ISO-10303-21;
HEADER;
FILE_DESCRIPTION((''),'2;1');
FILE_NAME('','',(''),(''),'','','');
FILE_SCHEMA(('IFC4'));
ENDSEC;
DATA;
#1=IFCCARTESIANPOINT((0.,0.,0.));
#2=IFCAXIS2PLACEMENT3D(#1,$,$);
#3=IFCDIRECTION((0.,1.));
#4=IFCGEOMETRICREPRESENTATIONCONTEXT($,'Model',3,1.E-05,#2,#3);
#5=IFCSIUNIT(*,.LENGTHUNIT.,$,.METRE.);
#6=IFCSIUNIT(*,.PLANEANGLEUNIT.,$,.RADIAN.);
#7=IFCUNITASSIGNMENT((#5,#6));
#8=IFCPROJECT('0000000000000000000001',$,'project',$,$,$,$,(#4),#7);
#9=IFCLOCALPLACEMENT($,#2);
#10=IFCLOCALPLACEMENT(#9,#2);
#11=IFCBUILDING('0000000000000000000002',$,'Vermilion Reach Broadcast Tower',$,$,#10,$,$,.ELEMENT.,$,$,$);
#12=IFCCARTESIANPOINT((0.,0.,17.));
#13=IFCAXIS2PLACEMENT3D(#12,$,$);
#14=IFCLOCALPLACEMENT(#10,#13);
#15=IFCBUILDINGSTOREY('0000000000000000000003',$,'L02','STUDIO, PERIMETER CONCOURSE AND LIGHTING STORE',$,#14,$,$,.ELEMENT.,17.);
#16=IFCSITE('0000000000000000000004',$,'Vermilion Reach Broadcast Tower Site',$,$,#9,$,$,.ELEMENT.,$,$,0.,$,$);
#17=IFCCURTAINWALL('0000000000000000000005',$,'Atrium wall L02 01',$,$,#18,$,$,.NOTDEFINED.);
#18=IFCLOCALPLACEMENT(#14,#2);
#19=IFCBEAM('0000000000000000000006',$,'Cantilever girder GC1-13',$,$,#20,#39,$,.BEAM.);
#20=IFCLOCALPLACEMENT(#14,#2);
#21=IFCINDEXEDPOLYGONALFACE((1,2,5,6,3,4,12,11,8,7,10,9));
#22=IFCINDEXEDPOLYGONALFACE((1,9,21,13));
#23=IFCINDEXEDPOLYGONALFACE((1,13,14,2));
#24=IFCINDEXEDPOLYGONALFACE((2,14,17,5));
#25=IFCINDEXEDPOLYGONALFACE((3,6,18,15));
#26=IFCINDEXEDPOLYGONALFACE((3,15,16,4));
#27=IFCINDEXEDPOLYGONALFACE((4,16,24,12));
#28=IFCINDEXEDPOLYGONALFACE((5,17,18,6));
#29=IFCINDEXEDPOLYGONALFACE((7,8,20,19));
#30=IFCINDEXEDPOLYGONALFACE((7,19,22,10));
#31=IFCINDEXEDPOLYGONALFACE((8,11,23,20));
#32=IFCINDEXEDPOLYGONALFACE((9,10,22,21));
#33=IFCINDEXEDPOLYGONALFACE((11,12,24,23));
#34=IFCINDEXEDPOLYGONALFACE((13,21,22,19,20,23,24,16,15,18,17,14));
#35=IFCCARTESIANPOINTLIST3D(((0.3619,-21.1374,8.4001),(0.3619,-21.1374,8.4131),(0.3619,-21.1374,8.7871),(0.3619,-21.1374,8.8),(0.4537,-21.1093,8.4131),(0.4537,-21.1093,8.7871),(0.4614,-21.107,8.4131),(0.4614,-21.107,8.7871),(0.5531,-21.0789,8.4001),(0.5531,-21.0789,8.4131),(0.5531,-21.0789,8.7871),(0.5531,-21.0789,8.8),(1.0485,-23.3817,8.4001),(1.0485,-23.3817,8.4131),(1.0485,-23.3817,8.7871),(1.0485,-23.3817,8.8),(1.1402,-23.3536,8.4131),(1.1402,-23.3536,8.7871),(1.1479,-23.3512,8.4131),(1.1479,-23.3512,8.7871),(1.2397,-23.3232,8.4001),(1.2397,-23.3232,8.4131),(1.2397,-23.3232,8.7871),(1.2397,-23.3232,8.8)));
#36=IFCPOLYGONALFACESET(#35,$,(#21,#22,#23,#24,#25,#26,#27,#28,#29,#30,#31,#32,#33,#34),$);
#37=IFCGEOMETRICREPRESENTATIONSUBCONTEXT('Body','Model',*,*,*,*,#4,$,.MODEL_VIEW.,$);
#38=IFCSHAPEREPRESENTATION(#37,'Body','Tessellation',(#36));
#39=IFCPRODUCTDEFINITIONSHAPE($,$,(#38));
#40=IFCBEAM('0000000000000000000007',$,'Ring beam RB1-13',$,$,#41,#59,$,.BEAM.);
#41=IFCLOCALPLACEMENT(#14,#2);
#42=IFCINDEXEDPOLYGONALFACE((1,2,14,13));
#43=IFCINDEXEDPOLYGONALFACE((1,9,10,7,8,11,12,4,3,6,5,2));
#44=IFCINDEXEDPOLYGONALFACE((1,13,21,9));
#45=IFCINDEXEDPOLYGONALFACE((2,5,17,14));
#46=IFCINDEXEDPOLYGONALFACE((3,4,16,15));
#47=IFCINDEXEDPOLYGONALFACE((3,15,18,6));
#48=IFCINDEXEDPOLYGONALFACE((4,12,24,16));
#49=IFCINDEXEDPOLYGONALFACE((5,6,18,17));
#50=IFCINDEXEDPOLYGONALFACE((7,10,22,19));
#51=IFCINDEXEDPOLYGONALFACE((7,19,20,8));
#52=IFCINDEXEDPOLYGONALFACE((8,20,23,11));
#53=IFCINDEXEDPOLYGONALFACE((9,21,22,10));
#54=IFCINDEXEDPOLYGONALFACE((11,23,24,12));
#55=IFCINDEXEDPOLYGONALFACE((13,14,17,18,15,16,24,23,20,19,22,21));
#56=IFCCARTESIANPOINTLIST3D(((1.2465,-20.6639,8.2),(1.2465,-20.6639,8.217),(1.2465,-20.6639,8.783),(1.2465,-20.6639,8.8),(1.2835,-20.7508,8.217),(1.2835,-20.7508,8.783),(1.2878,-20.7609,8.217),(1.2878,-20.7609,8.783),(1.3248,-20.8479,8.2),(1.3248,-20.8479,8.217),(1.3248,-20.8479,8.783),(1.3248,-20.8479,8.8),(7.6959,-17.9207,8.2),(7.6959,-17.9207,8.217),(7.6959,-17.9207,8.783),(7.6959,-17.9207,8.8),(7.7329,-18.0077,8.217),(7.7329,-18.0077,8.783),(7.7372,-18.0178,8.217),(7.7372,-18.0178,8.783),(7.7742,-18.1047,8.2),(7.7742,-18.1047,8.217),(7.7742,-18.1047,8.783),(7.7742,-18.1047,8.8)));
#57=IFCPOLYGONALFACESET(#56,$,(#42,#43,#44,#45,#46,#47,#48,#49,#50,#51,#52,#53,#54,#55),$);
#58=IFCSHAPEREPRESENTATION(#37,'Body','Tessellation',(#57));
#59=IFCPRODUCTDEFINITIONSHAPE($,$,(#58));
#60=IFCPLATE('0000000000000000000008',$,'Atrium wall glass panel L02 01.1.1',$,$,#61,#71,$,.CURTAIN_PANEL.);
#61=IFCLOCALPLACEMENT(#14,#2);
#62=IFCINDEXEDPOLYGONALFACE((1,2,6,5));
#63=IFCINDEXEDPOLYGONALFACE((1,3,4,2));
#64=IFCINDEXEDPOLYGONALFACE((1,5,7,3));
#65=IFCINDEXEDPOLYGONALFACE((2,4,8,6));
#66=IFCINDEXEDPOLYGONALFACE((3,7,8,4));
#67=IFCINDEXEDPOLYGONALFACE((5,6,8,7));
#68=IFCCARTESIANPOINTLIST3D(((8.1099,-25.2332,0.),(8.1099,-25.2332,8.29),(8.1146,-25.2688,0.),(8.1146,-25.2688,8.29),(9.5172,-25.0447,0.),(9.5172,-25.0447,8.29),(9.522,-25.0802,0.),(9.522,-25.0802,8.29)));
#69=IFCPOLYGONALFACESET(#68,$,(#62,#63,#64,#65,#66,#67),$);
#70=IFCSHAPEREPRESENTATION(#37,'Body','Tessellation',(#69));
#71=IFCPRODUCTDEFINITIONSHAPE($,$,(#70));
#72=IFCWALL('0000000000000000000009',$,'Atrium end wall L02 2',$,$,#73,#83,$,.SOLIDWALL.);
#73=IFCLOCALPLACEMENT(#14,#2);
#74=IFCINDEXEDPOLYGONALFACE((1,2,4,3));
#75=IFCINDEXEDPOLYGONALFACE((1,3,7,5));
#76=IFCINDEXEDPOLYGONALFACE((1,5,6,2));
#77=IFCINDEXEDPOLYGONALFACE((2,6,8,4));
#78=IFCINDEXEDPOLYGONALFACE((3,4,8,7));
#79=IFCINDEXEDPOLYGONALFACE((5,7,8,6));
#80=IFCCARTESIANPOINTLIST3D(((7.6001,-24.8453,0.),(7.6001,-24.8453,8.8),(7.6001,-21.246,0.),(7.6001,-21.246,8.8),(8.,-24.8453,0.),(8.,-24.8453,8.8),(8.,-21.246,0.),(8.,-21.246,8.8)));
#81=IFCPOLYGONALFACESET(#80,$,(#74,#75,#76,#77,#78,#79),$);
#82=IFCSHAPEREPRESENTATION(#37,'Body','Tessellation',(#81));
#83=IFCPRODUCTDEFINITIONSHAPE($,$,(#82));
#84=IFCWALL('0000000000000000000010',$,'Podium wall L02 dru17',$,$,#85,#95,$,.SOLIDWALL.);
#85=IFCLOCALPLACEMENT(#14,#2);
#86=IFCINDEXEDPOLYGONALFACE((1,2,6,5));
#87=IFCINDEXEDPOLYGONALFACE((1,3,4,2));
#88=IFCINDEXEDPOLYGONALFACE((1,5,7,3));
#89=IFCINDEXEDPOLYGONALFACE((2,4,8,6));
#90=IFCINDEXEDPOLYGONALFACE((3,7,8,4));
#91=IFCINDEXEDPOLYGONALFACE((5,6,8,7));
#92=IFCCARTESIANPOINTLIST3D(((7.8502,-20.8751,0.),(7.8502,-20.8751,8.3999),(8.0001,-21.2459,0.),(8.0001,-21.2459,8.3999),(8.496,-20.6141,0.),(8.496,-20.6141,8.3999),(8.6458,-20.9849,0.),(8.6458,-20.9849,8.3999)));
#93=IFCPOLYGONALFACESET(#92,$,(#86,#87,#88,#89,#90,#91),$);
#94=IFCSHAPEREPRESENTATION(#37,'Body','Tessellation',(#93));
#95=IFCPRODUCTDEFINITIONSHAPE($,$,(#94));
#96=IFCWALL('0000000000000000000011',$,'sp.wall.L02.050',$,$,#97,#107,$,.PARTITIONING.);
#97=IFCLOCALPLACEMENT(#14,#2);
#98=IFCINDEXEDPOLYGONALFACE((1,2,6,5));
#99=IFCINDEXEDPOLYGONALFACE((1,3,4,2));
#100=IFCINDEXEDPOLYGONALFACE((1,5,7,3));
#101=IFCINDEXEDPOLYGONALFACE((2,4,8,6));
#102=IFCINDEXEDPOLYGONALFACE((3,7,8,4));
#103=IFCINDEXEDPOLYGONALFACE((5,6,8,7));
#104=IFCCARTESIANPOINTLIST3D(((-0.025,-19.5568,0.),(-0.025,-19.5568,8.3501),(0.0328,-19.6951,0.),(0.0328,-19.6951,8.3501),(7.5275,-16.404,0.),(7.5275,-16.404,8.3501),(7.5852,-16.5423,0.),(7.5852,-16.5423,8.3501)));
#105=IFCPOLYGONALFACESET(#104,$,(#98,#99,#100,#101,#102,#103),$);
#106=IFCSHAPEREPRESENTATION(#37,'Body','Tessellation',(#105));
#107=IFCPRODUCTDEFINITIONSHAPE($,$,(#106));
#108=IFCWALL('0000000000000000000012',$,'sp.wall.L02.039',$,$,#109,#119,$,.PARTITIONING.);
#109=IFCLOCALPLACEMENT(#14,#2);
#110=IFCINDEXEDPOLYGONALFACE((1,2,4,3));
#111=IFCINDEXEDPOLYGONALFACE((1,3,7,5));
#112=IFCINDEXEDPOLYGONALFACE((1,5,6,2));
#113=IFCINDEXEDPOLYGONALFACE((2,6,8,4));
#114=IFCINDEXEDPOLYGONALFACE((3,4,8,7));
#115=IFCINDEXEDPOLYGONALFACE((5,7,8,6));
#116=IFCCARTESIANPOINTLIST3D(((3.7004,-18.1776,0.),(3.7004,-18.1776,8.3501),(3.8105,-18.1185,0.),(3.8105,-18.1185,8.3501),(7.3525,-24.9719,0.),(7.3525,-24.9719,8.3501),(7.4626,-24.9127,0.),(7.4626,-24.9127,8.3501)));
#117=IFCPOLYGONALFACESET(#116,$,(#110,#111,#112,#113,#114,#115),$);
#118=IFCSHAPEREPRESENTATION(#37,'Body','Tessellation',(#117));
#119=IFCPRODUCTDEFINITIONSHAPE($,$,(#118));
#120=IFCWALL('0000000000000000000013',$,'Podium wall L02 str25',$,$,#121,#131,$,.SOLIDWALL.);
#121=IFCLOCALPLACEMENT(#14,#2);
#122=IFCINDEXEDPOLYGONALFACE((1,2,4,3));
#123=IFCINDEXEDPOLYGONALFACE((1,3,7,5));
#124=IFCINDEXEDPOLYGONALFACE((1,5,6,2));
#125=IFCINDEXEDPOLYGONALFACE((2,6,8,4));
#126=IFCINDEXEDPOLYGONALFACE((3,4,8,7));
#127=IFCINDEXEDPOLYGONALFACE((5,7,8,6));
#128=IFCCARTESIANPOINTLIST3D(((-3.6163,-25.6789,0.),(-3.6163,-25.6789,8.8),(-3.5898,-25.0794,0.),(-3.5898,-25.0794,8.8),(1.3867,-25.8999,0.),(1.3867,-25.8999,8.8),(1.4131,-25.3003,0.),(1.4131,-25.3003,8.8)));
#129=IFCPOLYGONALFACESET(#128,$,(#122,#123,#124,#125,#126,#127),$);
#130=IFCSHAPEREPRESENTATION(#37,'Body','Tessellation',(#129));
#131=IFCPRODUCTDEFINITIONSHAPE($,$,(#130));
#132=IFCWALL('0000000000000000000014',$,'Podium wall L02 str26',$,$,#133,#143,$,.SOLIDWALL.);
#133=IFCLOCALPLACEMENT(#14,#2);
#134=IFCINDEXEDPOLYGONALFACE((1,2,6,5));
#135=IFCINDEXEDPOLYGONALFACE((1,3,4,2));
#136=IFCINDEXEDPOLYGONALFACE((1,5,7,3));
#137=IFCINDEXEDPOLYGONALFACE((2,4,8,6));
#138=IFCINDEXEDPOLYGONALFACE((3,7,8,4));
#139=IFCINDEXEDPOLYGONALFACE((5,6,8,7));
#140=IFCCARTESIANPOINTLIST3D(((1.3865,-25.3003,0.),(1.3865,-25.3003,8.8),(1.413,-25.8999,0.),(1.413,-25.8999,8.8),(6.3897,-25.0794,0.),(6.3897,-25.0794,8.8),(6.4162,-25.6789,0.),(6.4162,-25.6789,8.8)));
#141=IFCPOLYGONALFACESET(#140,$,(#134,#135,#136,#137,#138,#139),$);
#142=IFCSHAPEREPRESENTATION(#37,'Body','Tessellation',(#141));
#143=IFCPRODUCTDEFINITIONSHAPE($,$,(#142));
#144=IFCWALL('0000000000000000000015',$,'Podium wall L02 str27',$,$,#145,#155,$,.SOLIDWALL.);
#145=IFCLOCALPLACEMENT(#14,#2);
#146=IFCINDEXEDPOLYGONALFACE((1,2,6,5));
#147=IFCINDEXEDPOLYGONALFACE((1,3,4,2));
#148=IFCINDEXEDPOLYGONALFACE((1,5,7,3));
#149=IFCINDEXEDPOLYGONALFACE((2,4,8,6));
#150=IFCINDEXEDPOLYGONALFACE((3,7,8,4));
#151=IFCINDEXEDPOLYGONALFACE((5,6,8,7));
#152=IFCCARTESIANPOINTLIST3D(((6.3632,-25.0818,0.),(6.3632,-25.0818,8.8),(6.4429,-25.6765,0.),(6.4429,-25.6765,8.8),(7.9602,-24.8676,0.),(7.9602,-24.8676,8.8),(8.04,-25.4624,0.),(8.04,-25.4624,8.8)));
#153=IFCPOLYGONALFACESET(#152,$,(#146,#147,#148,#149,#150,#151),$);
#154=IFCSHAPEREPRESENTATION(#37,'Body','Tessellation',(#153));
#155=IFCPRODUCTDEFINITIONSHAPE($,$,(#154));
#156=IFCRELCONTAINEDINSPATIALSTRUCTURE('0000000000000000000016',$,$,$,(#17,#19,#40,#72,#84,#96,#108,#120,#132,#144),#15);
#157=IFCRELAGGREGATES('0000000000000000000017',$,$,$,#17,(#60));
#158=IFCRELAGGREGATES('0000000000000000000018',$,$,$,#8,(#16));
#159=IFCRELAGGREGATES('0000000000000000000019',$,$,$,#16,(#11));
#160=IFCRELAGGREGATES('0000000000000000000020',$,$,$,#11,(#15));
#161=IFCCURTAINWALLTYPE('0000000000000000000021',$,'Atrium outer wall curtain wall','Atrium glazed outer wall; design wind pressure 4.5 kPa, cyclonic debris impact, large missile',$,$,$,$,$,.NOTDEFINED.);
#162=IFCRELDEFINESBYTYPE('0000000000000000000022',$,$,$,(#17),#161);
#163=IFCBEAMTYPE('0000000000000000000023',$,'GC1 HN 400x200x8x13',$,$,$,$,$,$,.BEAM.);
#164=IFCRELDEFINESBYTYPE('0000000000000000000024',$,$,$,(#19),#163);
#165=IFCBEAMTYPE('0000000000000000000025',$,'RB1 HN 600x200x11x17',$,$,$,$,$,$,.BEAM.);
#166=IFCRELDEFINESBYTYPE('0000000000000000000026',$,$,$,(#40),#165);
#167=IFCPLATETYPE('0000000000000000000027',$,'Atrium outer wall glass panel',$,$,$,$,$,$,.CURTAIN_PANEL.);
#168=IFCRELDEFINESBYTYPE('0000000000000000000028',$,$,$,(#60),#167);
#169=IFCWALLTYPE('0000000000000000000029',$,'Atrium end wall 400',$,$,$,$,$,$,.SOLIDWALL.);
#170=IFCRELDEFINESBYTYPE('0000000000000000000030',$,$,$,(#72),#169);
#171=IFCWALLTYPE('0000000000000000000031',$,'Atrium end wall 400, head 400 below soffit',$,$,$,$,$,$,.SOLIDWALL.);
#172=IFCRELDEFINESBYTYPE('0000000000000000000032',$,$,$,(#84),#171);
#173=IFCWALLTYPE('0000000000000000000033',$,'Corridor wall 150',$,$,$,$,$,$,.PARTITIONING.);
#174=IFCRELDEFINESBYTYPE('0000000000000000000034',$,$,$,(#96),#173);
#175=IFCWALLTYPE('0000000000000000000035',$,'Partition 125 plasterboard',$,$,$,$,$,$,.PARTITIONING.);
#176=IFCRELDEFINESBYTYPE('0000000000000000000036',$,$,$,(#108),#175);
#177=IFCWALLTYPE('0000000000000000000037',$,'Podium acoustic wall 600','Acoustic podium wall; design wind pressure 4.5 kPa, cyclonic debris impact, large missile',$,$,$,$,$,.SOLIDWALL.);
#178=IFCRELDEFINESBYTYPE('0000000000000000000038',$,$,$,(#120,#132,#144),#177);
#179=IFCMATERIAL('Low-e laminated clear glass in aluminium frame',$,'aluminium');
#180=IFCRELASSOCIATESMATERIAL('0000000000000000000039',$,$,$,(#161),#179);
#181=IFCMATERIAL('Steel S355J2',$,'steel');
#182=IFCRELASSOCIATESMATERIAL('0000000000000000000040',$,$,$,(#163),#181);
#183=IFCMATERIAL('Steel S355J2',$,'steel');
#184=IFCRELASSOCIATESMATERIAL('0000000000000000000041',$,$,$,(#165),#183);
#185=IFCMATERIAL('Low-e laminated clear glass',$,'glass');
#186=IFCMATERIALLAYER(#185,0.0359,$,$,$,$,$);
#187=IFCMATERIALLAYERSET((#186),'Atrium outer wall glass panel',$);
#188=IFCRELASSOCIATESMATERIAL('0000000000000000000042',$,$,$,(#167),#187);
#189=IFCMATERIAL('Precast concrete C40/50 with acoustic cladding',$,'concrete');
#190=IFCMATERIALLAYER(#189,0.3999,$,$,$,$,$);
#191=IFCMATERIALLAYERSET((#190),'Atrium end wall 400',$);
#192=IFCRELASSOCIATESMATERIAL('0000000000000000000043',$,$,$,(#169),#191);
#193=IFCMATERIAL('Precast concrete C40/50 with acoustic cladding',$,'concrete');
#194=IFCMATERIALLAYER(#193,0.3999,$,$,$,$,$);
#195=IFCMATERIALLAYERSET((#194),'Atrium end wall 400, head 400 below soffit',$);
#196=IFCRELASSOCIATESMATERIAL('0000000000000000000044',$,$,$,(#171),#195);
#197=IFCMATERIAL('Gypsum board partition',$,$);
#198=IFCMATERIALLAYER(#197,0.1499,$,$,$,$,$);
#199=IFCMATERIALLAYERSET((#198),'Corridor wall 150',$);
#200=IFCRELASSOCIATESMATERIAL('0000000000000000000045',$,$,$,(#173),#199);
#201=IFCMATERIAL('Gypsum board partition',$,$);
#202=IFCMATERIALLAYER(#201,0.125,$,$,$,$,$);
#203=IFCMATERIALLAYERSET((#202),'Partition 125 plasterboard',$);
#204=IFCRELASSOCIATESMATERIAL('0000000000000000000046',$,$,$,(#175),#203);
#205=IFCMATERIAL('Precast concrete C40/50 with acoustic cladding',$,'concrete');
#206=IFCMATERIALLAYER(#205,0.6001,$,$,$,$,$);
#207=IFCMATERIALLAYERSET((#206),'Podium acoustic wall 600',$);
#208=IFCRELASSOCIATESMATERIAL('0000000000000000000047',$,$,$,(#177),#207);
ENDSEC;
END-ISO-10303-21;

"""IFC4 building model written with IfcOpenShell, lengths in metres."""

from ifc_helpers import new_model, si_unit, direction, frame, frame_2d, origin, origin_2d, place, context, subcontext, project, spatial, rectangle, i_section, extrude, material, layer, layer_set, material_profile, profile_set, type_object, element, aggregate, save


model = new_model("IFC4")

# Units and contexts
model_context = context("Model", 3, precision=1e-05, world=origin(), true_north=direction((0.0, 1.0)))
body_context = subcontext(model_context, "Body", "Model", "MODEL_VIEW")
ifc_project = project(units=[si_unit("LENGTHUNIT", "METRE"), si_unit("PLANEANGLEUNIT", "RADIAN")], contexts=[model_context])

# Site, building, storey
site_placement = place(None, origin())
site = spatial("IfcSite", under=ifc_project, at=site_placement, Name="Vermilion Reach Broadcast Tower Site", CompositionType="ELEMENT", RefElevation=0.0)
building_placement = place(site_placement, origin())
building = spatial("IfcBuilding", under=site, at=building_placement, Name="Vermilion Reach Broadcast Tower", CompositionType="ELEMENT")
storey_placement = place(building_placement, frame((0.0, 0.0, 17.0)))
storey = spatial("IfcBuildingStorey", under=building, at=storey_placement, Name="L02", Description="STUDIO, PERIMETER CONCOURSE AND LIGHTING STORE", CompositionType="ELEMENT", Elevation=17.0)

# Curtain wall
ifc_material_1 = material(Name="Low-e laminated clear glass in aluminium frame", Category="aluminium")
curtain_wall_type = type_object("IfcCurtainWallType", Name="Atrium outer wall curtain wall", Description="Atrium glazed outer wall; design wind pressure 4.5 kPa, cyclonic debris impact, large missile", PredefinedType="NOTDEFINED", material=ifc_material_1)
curtain_wall_placement = place(storey_placement, origin())
curtain_wall = element("IfcCurtainWall", 1, at=curtain_wall_placement, inside=storey, type_object=curtain_wall_type, Name="Atrium wall L02 01", PredefinedType="NOTDEFINED")

# Beams
ifc_material_2 = material(Name="Steel S355J2", Category="steel")
ifc_material_profile_1 = material_profile(ifc_material_2, i_section(OverallWidth=0.2, OverallDepth=0.3999, WebThickness=0.0081, FlangeThickness=0.0129, at=origin_2d()), Name="S355J2 HN 400x200x8x13")
ifc_profile_set_1 = profile_set([ifc_material_profile_1], Name="Steel S355J2")
beam_type_1 = type_object("IfcBeamType", Name="GC1 HN 400x200x8x13", PredefinedType="BEAM", material=ifc_profile_set_1)
beam_1_placement = place(storey_placement, frame((0.4575, -21.1082, 8.6001), z_axis=(0.292536, -0.956255, 0.0), x_axis=(0.956255, 0.292536, 0.0)))
element("IfcBeam", 2, at=beam_1_placement, inside=storey, type_object=beam_type_1, Name="Cantilever girder GC1-13", PredefinedType="BEAM", context=body_context, shape_type="SweptSolid", body=[
    extrude(i_section(OverallWidth=0.2, OverallDepth=0.3999, WebThickness=0.0081, FlangeThickness=0.0129, at=origin_2d()), origin(), (0.0, 0.0, 1.0), 2.3469),
])
ifc_material_3 = material(Name="Steel S355J2", Category="steel")
ifc_material_profile_2 = material_profile(ifc_material_3, i_section(OverallWidth=0.2, OverallDepth=0.6001, WebThickness=0.011, FlangeThickness=0.0171, at=origin_2d()), Name="S355J2 HN 600x200x11x17")
ifc_profile_set_2 = profile_set([ifc_material_profile_2], Name="Steel S355J2")
beam_type_2 = type_object("IfcBeamType", Name="RB1 HN 600x200x11x17", PredefinedType="BEAM", material=ifc_profile_set_2)
beam_2_placement = place(storey_placement, frame((1.2856, -20.7559, 8.5), z_axis=(0.920221, 0.3914, 0.0), x_axis=(-0.3914, 0.920221, 0.0)))
element("IfcBeam", 3, at=beam_2_placement, inside=storey, type_object=beam_type_2, Name="Ring beam RB1-13", PredefinedType="BEAM", context=body_context, shape_type="SweptSolid", body=[
    extrude(i_section(OverallWidth=0.2, OverallDepth=0.6001, WebThickness=0.011, FlangeThickness=0.0171, at=origin_2d()), origin(), (0.0, 0.0, 1.0), 7.0085),
])

# Plate
ifc_material_4 = material(Name="Low-e laminated clear glass", Category="glass")
ifc_layer_1 = layer(ifc_material_4, 0.0359)
ifc_layer_set_1 = layer_set([ifc_layer_1], Name="Atrium outer wall glass panel")
plate_type = type_object("IfcPlateType", Name="Atrium outer wall glass panel", PredefinedType="CURTAIN_PANEL", material=ifc_layer_set_1)
plate_placement = place(storey_placement, frame((8.8159, -25.1567, 0.0), z_axis=(0.0, 0.0, 1.0), x_axis=(0.991144, 0.132794, 0.0)))
plate = element("IfcPlate", 4, at=plate_placement, type_object=plate_type, Name="Atrium wall glass panel L02 01.1.1", PredefinedType="CURTAIN_PANEL", context=body_context, shape_type="SweptSolid", body=[
    extrude(rectangle(XDim=1.4199, YDim=0.0359, at=origin_2d()), origin(), (0.0, 0.0, 1.0), 8.29),
])
aggregate(curtain_wall, [plate])

# Walls
ifc_material_5 = material(Name="Precast concrete C40/50 with acoustic cladding", Category="concrete")
ifc_layer_2 = layer(ifc_material_5, 0.3999)
ifc_layer_set_2 = layer_set([ifc_layer_2], Name="Atrium end wall 400")
wall_type_1 = type_object("IfcWallType", Name="Atrium end wall 400", PredefinedType="SOLIDWALL", material=ifc_layer_set_2)
wall_1_placement = place(storey_placement, frame((7.8, -21.2458, 0.0), z_axis=(0.0, 0.0, 1.0), x_axis=(0.0, -1.0, 0.0)))
element("IfcWall", 5, at=wall_1_placement, inside=storey, type_object=wall_type_1, Name="Atrium end wall L02 2", PredefinedType="SOLIDWALL", context=body_context, shape_type="SweptSolid", body=[
    extrude(rectangle(XDim=3.5994, YDim=0.3999, at=frame_2d((1.7998, 0.0))), origin(), (0.0, 0.0, 1.0), 8.8),
])
ifc_material_6 = material(Name="Precast concrete C40/50 with acoustic cladding", Category="concrete")
ifc_layer_3 = layer(ifc_material_6, 0.3999)
ifc_layer_set_3 = layer_set([ifc_layer_3], Name="Atrium end wall 400, head 400 below soffit")
wall_type_2 = type_object("IfcWallType", Name="Atrium end wall 400, head 400 below soffit", PredefinedType="SOLIDWALL", material=ifc_layer_set_3)
wall_2_placement = place(storey_placement, frame((8.5708, -20.7996, 0.0), z_axis=(0.0, 0.0, 1.0), x_axis=(-0.927141, -0.374712, 0.0)))
element("IfcWall", 6, at=wall_2_placement, inside=storey, type_object=wall_type_2, Name="Podium wall L02 dru17", PredefinedType="SOLIDWALL", context=body_context, shape_type="SweptSolid", body=[
    extrude(rectangle(XDim=0.6965, YDim=0.3999, at=frame_2d((0.3481, 0.0))), origin(), (0.0, 0.0, 1.0), 8.3999),
])
ifc_material_7 = material(Name="Gypsum board partition")
ifc_layer_4 = layer(ifc_material_7, 0.1499)
ifc_layer_set_4 = layer_set([ifc_layer_4], Name="Corridor wall 150")
wall_type_3 = type_object("IfcWallType", Name="Corridor wall 150", PredefinedType="PARTITIONING", material=ifc_layer_set_4)
wall_3_placement = place(storey_placement, frame((0.0039, -19.626, 0.0), z_axis=(0.0, 0.0, 1.0), x_axis=(0.922818, 0.385236, 0.0)))
element("IfcWall", 7, at=wall_3_placement, inside=storey, type_object=wall_type_3, Name="sp.wall.L02.050", PredefinedType="PARTITIONING", context=body_context, shape_type="SweptSolid", body=[
    extrude(rectangle(XDim=8.1841, YDim=0.1499, at=frame_2d((4.092, 0.0))), origin(), (0.0, 0.0, 1.0), 8.3501),
])
ifc_material_8 = material(Name="Gypsum board partition")
ifc_layer_5 = layer(ifc_material_8, 0.125)
ifc_layer_set_5 = layer_set([ifc_layer_5], Name="Partition 125 plasterboard")
wall_type_4 = type_object("IfcWallType", Name="Partition 125 plasterboard", PredefinedType="PARTITIONING", material=ifc_layer_set_5)
wall_4_placement = place(storey_placement, frame((3.7554, -18.1479, 0.0), z_axis=(0.0, 0.0, 1.0), x_axis=(0.473466, -0.880812, 0.0)))
element("IfcWall", 8, at=wall_4_placement, inside=storey, type_object=wall_type_4, Name="sp.wall.L02.039", PredefinedType="PARTITIONING", context=body_context, shape_type="SweptSolid", body=[
    extrude(rectangle(XDim=7.7136, YDim=0.125, at=frame_2d((3.8569, 0.0))), origin(), (0.0, 0.0, 1.0), 8.3501),
])
ifc_material_9 = material(Name="Precast concrete C40/50 with acoustic cladding", Category="concrete")
ifc_layer_6 = layer(ifc_material_9, 0.6001)
ifc_layer_set_6 = layer_set([ifc_layer_6], Name="Podium acoustic wall 600")
wall_type_5 = type_object("IfcWallType", Name="Podium acoustic wall 600", Description="Acoustic podium wall; design wind pressure 4.5 kPa, cyclonic debris impact, large missile", PredefinedType="SOLIDWALL", material=ifc_layer_set_6)
wall_5_placement = place(storey_placement, frame((-3.603, -25.3792, 0.0), z_axis=(0.0, 0.0, 1.0), x_axis=(0.999026, -0.044121, 0.0)))
element("IfcWall", 9, at=wall_5_placement, inside=storey, type_object=wall_type_5, Name="Podium wall L02 str25", PredefinedType="SOLIDWALL", context=body_context, shape_type="SweptSolid", body=[
    extrude(rectangle(XDim=5.0078, YDim=0.6001, at=frame_2d((2.5039, 0.0))), origin(), (0.0, 0.0, 1.0), 8.8),
])
wall_6_placement = place(storey_placement, frame((1.3999, -25.6001, 0.0), z_axis=(0.0, 0.0, 1.0), x_axis=(0.999026, 0.044118, 0.0)))
element("IfcWall", 10, at=wall_6_placement, inside=storey, type_object=wall_type_5, Name="Podium wall L02 str26", PredefinedType="SOLIDWALL", context=body_context, shape_type="SweptSolid", body=[
    extrude(rectangle(XDim=5.0081, YDim=0.6001, at=frame_2d((2.5039, 0.0))), origin(), (0.0, 0.0, 1.0), 8.8),
])
wall_7_placement = place(storey_placement, frame((6.4031, -25.3792, 0.0), z_axis=(0.0, 0.0, 1.0), x_axis=(0.991131, 0.132888, 0.0)))
element("IfcWall", 11, at=wall_7_placement, inside=storey, type_object=wall_type_5, Name="Podium wall L02 str27", PredefinedType="SOLIDWALL", context=body_context, shape_type="SweptSolid", body=[
    extrude(rectangle(XDim=1.6113, YDim=0.6001, at=frame_2d((0.8057, 0.0))), origin(), (0.0, 0.0, 1.0), 8.8),
])

save(model, "model.ifc")
